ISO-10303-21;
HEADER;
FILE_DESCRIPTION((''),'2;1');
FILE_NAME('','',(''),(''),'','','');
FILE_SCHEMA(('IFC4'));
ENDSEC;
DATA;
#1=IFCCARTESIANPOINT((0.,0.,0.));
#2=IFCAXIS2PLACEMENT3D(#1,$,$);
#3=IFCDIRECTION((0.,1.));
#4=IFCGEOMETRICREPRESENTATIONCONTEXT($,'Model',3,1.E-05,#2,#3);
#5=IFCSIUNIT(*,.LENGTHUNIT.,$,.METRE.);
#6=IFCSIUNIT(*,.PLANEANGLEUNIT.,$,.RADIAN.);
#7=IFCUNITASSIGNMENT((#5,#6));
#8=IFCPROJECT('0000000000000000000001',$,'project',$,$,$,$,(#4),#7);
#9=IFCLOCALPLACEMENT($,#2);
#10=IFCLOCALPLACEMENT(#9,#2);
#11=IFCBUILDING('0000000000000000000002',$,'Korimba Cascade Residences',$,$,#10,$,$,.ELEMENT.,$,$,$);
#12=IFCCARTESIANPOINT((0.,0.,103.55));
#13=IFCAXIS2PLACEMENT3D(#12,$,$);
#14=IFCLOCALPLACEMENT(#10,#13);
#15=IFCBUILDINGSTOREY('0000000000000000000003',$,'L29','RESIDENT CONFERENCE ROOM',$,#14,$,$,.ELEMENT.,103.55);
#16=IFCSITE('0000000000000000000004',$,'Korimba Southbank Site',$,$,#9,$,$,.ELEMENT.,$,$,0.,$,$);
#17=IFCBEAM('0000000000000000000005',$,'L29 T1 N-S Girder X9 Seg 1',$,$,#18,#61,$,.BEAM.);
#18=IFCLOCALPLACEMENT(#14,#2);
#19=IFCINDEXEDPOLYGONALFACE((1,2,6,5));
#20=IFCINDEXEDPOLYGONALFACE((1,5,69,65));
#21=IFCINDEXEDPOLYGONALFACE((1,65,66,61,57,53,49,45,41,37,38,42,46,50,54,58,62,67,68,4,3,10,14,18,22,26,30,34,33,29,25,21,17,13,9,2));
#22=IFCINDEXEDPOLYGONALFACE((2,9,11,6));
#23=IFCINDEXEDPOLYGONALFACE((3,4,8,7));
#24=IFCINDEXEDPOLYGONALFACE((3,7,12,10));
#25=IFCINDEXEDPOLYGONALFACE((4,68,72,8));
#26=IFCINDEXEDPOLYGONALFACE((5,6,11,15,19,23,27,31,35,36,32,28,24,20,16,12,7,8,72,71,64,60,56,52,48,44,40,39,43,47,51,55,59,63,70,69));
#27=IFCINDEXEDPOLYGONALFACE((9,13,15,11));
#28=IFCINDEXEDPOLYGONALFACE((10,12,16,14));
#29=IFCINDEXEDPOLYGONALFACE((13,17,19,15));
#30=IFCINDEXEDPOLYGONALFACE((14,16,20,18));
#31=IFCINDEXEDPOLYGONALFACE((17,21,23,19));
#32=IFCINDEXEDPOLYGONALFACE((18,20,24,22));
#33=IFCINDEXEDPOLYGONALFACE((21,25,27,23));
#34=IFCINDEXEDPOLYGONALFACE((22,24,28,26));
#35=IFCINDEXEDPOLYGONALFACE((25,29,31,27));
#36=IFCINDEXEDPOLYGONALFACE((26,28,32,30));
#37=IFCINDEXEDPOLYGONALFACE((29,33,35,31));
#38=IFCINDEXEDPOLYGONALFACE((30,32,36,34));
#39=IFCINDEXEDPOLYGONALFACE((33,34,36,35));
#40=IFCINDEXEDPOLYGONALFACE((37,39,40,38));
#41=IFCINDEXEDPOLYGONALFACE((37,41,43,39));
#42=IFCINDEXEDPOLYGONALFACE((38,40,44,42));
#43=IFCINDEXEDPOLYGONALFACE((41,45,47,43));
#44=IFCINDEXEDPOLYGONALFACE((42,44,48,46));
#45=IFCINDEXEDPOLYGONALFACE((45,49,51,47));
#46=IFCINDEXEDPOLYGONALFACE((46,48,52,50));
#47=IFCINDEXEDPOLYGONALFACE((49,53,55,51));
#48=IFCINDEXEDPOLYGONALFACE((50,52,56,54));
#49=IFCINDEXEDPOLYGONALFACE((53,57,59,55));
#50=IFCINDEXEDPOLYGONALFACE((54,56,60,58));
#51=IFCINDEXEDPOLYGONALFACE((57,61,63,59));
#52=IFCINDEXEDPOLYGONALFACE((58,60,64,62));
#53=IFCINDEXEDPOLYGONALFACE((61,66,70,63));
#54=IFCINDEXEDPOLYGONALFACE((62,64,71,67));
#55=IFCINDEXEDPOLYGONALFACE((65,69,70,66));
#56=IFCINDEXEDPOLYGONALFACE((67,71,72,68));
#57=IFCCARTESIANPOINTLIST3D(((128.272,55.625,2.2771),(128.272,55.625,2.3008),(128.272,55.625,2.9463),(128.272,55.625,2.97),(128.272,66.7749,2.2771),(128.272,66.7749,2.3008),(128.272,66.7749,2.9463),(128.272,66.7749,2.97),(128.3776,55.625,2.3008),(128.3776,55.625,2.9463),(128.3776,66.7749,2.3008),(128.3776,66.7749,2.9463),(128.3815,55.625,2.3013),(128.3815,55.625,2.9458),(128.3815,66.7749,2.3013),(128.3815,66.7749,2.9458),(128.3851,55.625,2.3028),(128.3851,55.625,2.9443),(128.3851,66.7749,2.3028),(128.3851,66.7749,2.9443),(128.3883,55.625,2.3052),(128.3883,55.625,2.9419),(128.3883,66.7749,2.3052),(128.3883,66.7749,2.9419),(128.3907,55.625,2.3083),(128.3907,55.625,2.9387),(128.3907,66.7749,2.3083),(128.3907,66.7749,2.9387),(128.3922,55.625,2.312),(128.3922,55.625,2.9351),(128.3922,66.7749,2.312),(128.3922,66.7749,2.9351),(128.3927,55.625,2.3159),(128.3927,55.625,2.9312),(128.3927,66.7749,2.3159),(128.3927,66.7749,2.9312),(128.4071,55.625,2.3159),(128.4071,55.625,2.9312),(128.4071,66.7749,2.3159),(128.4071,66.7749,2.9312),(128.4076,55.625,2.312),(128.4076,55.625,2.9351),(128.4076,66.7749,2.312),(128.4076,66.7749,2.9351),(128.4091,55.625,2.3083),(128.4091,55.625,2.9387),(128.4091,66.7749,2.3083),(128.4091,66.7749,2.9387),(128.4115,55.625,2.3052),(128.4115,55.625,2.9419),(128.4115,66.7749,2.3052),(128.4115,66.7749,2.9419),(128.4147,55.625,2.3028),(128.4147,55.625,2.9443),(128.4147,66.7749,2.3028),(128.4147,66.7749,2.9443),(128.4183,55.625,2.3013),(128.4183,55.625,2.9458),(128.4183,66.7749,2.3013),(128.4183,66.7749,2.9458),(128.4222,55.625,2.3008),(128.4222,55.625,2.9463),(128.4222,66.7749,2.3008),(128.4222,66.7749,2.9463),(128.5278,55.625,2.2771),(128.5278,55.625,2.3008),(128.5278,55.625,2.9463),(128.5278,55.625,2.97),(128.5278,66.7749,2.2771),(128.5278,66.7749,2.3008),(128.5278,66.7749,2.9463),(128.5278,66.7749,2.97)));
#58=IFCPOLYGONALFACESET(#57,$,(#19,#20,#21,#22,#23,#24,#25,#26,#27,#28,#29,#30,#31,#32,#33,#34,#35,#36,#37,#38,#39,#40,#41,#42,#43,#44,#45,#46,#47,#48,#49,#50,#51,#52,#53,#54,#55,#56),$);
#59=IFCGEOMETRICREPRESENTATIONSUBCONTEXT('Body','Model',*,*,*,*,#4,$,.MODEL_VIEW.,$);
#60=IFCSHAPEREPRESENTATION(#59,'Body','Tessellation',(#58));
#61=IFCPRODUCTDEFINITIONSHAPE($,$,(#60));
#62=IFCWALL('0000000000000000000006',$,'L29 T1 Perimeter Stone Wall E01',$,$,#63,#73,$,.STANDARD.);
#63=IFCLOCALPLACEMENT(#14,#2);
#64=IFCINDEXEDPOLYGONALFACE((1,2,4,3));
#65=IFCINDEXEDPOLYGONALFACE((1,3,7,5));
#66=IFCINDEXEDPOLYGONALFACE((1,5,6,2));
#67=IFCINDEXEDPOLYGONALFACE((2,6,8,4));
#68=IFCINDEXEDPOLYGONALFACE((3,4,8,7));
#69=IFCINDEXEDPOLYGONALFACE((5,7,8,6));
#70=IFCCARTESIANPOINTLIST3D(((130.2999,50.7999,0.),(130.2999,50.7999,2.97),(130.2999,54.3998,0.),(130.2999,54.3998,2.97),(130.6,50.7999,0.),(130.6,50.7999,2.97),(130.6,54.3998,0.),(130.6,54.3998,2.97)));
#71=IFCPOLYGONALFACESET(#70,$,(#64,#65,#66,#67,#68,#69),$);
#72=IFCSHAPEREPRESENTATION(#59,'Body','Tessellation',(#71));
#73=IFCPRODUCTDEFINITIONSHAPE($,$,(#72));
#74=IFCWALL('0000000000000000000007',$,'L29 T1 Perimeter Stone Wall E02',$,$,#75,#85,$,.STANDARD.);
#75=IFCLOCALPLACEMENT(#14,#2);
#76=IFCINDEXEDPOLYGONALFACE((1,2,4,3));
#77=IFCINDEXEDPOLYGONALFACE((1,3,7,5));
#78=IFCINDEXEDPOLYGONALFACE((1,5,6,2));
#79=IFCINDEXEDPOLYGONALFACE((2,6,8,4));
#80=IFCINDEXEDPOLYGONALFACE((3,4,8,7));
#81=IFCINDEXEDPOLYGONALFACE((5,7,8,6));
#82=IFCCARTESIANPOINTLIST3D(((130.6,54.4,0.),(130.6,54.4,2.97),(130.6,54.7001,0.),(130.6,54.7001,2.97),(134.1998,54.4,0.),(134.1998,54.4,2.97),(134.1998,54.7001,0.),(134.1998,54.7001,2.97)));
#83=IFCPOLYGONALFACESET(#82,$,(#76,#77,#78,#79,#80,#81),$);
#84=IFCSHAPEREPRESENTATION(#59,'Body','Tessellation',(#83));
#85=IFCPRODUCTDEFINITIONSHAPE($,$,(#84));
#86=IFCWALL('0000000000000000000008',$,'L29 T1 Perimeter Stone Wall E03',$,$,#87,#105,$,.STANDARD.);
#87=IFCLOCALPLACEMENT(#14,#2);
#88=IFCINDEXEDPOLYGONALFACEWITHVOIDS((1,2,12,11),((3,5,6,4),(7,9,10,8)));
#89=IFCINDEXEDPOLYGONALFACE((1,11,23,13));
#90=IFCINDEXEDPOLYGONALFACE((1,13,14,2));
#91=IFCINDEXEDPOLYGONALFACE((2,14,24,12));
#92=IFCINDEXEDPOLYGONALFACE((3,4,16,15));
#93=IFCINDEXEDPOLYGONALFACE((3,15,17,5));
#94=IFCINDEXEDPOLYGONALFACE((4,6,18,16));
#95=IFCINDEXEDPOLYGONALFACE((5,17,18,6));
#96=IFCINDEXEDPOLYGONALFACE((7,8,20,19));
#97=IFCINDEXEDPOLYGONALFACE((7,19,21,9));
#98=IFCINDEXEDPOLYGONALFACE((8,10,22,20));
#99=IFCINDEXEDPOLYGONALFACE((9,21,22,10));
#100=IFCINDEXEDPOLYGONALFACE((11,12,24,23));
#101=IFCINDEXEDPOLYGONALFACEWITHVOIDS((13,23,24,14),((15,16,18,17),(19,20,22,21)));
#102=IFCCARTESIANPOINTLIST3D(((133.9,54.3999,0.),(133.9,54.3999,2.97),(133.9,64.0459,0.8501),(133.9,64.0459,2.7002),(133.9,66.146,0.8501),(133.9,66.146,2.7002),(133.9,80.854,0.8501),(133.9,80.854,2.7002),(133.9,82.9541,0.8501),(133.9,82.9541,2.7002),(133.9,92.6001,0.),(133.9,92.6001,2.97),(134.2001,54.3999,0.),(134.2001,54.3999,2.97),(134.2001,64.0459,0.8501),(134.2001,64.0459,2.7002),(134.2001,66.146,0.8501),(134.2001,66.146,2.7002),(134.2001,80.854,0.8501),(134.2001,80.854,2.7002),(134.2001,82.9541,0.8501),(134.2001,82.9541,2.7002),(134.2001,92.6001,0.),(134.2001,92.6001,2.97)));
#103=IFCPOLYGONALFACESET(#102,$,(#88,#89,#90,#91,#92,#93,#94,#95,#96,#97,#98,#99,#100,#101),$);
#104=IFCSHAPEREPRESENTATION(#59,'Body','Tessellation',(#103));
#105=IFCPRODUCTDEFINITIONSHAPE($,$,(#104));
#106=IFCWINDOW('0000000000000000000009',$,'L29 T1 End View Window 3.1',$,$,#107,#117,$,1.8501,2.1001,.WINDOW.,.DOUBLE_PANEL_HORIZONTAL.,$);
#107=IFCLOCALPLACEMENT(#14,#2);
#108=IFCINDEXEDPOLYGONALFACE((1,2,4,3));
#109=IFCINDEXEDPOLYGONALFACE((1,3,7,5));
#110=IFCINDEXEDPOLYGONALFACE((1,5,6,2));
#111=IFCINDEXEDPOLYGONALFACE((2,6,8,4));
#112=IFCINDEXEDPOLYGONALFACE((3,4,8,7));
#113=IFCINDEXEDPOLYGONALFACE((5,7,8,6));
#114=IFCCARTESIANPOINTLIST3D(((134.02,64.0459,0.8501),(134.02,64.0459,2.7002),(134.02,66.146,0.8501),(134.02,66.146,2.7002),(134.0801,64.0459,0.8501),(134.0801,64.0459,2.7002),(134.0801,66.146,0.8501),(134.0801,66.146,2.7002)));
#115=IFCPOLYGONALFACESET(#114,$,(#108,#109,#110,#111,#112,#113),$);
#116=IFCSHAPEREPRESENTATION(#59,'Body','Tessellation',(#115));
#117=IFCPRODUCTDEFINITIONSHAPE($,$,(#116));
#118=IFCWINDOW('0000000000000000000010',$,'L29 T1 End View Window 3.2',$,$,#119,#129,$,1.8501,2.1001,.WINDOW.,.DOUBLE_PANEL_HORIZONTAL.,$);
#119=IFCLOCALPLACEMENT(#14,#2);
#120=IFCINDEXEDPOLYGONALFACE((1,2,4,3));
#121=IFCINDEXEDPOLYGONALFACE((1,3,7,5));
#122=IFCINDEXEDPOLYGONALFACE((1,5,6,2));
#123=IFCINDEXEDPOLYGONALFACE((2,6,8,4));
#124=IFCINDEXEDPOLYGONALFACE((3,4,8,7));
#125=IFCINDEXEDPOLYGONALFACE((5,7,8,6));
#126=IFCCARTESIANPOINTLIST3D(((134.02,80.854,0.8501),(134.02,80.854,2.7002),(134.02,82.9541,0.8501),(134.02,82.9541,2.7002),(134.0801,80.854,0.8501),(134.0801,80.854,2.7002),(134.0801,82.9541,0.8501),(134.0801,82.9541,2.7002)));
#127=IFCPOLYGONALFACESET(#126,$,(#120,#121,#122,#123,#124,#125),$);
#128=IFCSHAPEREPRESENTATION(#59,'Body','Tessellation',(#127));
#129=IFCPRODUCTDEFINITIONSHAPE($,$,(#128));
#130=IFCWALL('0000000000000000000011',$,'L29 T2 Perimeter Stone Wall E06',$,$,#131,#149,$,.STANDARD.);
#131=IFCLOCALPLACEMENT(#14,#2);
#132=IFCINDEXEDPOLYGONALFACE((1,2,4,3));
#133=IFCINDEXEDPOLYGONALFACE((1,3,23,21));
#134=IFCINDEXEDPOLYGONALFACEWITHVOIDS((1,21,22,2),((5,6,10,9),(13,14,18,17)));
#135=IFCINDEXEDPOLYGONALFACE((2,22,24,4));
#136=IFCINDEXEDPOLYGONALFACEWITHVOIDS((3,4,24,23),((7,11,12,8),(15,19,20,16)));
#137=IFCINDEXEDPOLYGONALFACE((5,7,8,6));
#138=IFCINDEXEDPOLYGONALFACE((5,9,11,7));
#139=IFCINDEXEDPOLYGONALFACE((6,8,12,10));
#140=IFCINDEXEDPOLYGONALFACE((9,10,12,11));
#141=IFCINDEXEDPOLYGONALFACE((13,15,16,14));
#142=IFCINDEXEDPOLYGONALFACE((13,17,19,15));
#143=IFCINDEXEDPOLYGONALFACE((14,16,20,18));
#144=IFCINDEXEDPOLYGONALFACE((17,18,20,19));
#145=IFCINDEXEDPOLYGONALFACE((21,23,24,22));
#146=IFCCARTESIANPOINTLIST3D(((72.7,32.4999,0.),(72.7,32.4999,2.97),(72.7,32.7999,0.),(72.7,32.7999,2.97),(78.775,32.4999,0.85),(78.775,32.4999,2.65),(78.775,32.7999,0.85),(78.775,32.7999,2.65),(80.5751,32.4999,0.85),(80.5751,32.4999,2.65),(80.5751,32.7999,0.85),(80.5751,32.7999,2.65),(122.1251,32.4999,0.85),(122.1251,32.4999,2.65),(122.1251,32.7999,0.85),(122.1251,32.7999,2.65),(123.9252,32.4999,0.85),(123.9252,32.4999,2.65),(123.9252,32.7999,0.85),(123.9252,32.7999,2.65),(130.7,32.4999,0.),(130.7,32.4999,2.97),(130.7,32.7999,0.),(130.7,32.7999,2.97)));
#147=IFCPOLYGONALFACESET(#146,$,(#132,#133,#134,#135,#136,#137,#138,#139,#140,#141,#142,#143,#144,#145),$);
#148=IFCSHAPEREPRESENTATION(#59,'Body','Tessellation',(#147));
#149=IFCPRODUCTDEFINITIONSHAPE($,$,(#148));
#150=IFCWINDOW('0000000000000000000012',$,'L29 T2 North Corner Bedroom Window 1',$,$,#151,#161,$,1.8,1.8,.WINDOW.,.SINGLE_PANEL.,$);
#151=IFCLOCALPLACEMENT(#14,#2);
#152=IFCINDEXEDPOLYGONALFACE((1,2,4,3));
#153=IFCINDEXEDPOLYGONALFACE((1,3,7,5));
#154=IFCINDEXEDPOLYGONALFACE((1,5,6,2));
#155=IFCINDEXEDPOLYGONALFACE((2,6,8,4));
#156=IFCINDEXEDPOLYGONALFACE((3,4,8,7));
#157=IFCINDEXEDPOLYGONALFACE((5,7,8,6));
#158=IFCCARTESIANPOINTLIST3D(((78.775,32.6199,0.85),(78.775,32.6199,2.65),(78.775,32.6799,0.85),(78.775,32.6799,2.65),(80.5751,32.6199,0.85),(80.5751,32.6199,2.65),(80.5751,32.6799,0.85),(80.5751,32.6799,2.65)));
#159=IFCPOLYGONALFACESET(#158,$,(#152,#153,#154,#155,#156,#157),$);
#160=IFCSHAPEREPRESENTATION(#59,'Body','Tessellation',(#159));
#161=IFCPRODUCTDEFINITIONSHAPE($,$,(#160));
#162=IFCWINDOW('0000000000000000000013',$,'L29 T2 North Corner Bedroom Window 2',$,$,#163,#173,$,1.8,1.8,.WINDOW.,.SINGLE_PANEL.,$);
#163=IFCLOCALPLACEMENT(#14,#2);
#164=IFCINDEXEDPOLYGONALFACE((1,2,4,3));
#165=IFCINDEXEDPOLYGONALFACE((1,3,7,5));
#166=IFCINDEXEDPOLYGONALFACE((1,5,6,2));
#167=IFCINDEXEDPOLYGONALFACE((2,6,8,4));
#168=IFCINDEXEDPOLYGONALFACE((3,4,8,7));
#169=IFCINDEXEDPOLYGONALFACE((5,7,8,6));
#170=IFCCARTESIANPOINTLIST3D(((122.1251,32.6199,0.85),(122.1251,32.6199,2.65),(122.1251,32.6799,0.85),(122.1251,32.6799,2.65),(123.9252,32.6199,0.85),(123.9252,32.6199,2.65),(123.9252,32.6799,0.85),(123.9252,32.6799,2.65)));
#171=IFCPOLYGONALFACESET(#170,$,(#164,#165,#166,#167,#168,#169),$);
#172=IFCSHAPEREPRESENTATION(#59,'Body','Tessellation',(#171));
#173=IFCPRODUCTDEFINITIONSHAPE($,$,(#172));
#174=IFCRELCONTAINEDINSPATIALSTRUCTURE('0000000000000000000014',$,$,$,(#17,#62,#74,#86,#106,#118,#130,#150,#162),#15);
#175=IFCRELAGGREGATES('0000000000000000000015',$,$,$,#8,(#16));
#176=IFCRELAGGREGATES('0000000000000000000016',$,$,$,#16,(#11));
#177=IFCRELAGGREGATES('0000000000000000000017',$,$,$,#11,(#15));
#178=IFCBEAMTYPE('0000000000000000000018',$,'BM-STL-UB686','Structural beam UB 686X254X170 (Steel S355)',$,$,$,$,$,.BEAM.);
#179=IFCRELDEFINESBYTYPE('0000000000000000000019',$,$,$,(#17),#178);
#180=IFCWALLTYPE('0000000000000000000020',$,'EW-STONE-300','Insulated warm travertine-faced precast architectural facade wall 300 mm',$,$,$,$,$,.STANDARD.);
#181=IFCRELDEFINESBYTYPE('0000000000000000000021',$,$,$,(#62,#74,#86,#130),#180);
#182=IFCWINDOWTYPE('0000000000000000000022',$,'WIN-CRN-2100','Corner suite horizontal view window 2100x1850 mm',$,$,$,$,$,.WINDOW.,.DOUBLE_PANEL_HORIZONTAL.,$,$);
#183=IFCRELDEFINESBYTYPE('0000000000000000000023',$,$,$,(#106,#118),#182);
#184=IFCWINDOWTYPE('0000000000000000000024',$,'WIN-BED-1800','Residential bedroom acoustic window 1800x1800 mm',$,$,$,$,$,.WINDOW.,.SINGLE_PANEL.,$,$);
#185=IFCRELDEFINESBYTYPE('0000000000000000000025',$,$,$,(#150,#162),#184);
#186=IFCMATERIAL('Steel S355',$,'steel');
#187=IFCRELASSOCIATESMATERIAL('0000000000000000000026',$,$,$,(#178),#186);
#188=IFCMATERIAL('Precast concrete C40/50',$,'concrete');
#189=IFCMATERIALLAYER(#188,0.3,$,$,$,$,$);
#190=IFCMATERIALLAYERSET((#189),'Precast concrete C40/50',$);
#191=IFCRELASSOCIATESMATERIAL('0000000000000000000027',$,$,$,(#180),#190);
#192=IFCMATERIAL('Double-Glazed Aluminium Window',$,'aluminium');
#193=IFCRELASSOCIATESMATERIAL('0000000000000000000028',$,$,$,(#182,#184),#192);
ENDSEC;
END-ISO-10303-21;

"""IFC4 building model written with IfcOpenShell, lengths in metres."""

from ifc_helpers import new_model, si_unit, direction, frame, frame_2d, origin, origin_2d, place, context, subcontext, project, spatial, rectangle, i_section, extrude, material, layer, layer_set, material_profile, profile_set, type_object, element, fill, save


model = new_model("IFC4")

# Units and contexts
model_context = context("Model", 3, precision=1e-05, world=origin(), true_north=direction((0.0, 1.0)))
body_context = subcontext(model_context, "Body", "Model", "MODEL_VIEW")
ifc_project = project(units=[si_unit("LENGTHUNIT", "METRE"), si_unit("PLANEANGLEUNIT", "RADIAN")], contexts=[model_context])

# Site, building, storey
site_placement = place(None, origin())
site = spatial("IfcSite", under=ifc_project, at=site_placement, Name="Korimba Southbank Site", CompositionType="ELEMENT", RefElevation=0.0)
building_placement = place(site_placement, origin())
building = spatial("IfcBuilding", under=site, at=building_placement, Name="Korimba Cascade Residences", CompositionType="ELEMENT")
storey_placement = place(building_placement, frame((0.0, 0.0, 103.55)))
storey = spatial("IfcBuildingStorey", under=building, at=storey_placement, Name="L29", Description="RESIDENT CONFERENCE ROOM", CompositionType="ELEMENT", Elevation=103.55)

# Beam
ifc_material_1 = material(Name="Steel S355", Category="steel")
ifc_material_profile_1 = material_profile(ifc_material_1, i_section(OverallWidth=0.2559, OverallDepth=0.6929, WebThickness=0.0144, FlangeThickness=0.0237, FilletRadius=0.0151, at=origin_2d()), Name="Steel S355")
ifc_profile_set_1 = profile_set([ifc_material_profile_1], Name="Steel S355")
beam_type_1 = type_object("IfcBeamType", Name="BM-STL-UB686", Description="Structural beam UB 686X254X170 (Steel S355)", PredefinedType="BEAM", material=ifc_profile_set_1)
for number, where, z_axis, x_axis, name in (
    (1, (128.3999, 55.625, 2.6235), (0.0, 1.0, 0.0), (-1.0, 0.0, 0.0), "L29 T1 N-S Girder X9 Seg 1"),
):
    element("IfcBeam", number, at=place(storey_placement, frame(where, z_axis=z_axis, x_axis=x_axis)), inside=storey, type_object=beam_type_1, Name=name, PredefinedType="BEAM", context=body_context, shape_type="SweptSolid", body=[
        extrude(i_section(OverallWidth=0.2559, OverallDepth=0.6929, WebThickness=0.0144, FlangeThickness=0.0237, FilletRadius=0.0151, at=origin_2d()), origin(), (0.0, 0.0, 1.0), 11.1499),
    ])

# Walls
ifc_material_2 = material(Name="Precast concrete C40/50", Category="concrete")
ifc_layer_1 = layer(ifc_material_2, 0.3)
ifc_layer_set_1 = layer_set([ifc_layer_1], Name="Precast concrete C40/50")
wall_type_1 = type_object("IfcWallType", Name="EW-STONE-300", Description="Insulated warm travertine-faced precast architectural facade wall 300 mm", PredefinedType="STANDARD", material=ifc_layer_set_1)
for number, where, z_axis, x_axis, name in (
    (2, (130.45, 50.8, 0.0), (0.0, 0.0, 1.0), (0.0, 1.0, 0.0), "L29 T1 Perimeter Stone Wall E01"),
    (3, (130.6001, 54.55, 0.0), (0.0, 0.0, 1.0), (1.0, 0.0, 0.0), "L29 T1 Perimeter Stone Wall E02"),
):
    element("IfcWall", number, at=place(storey_placement, frame(where, z_axis=z_axis, x_axis=x_axis)), inside=storey, type_object=wall_type_1, Name=name, PredefinedType="STANDARD", context=body_context, shape_type="SweptSolid", body=[
        extrude(rectangle(XDim=3.5999, YDim=0.3, at=frame_2d((1.7998, 0.0))), origin(), (0.0, 0.0, 1.0), 2.97),
    ])

# Walls, openings, windows
wall_1_placement = place(storey_placement, frame((134.05, 54.3999, 0.0), z_axis=(0.0, 0.0, 1.0), x_axis=(0.0, 1.0, 0.0)))
wall_1 = element("IfcWall", 4, at=wall_1_placement, inside=storey, type_object=wall_type_1, Name="L29 T1 Perimeter Stone Wall E03", PredefinedType="STANDARD", context=body_context, shape_type="SweptSolid", body=[
    extrude(rectangle(XDim=38.2002, YDim=0.3, at=frame_2d((19.1001, 0.0))), origin(), (0.0, 0.0, 1.0), 2.97),
])
opening_1_placement = place(wall_1_placement, frame((9.646, 0.0, 0.8501)))
opening_1 = element("IfcOpeningElement", 5, at=opening_1_placement, cuts=wall_1, PredefinedType="OPENING", context=body_context, shape_type="SweptSolid", body=[
    extrude(rectangle(XDim=2.1001, YDim=1.8501, at=frame_2d((1.05, 0.925))), frame((0.0, 0.1602, 0.0), z_axis=(0.0, -1.0, 0.0), x_axis=(1.0, 0.0, 0.0)), (0.0, 0.0, 1.0), 0.3201),
])
opening_2_placement = place(wall_1_placement, frame((26.4541, 0.0, 0.8501)))
opening_2 = element("IfcOpeningElement", 6, at=opening_2_placement, cuts=wall_1, PredefinedType="OPENING", context=body_context, shape_type="SweptSolid", body=[
    extrude(rectangle(XDim=2.1001, YDim=1.8501, at=frame_2d((1.05, 0.925))), frame((0.0, 0.1602, 0.0), z_axis=(0.0, -1.0, 0.0), x_axis=(1.0, 0.0, 0.0)), (0.0, 0.0, 1.0), 0.3201),
])
ifc_material_3 = material(Name="Double-Glazed Aluminium Window", Category="aluminium")
window_type_1 = type_object("IfcWindowType", Name="WIN-CRN-2100", Description="Corner suite horizontal view window 2100x1850 mm", PartitioningType="DOUBLE_PANEL_HORIZONTAL", PredefinedType="WINDOW", material=ifc_material_3)
window_1_placement = place(opening_1_placement, origin())
window_1 = element("IfcWindow", 7, at=window_1_placement, inside=storey, type_object=window_type_1, Name="L29 T1 End View Window 3.1", OverallHeight=1.8501, OverallWidth=2.1001, PartitioningType="DOUBLE_PANEL_HORIZONTAL", PredefinedType="WINDOW", context=body_context, shape_type="SweptSolid", body=[
    extrude(rectangle(XDim=2.1001, YDim=1.8501, at=frame_2d((1.05, 0.925))), frame((0.0, 0.03, 0.0), z_axis=(0.0, -1.0, 0.0), x_axis=(1.0, 0.0, 0.0)), (0.0, 0.0, 1.0), 0.0601),
])
fill(opening_1, window_1)
window_2_placement = place(opening_2_placement, origin())
window_2 = element("IfcWindow", 8, at=window_2_placement, inside=storey, type_object=window_type_1, Name="L29 T1 End View Window 3.2", OverallHeight=1.8501, OverallWidth=2.1001, PartitioningType="DOUBLE_PANEL_HORIZONTAL", PredefinedType="WINDOW", context=body_context, shape_type="SweptSolid", body=[
    extrude(rectangle(XDim=2.1001, YDim=1.8501, at=frame_2d((1.05, 0.925))), frame((0.0, 0.03, 0.0), z_axis=(0.0, -1.0, 0.0), x_axis=(1.0, 0.0, 0.0)), (0.0, 0.0, 1.0), 0.0601),
])
fill(opening_2, window_2)
wall_2_placement = place(storey_placement, frame((130.7, 32.6499, 0.0), z_axis=(0.0, 0.0, 1.0), x_axis=(-1.0, 0.0, 0.0)))
wall_2 = element("IfcWall", 9, at=wall_2_placement, inside=storey, type_object=wall_type_1, Name="L29 T2 Perimeter Stone Wall E06", PredefinedType="STANDARD", context=body_context, shape_type="SweptSolid", body=[
    extrude(rectangle(XDim=58.0, YDim=0.3, at=frame_2d((29.0, 0.0))), origin(), (0.0, 0.0, 1.0), 2.97),
])
opening_3_placement = place(wall_2_placement, frame((50.125, 0.0, 0.8501)))
opening_3 = element("IfcOpeningElement", 10, at=opening_3_placement, cuts=wall_2, PredefinedType="OPENING", context=body_context, shape_type="SweptSolid", body=[
    extrude(rectangle(XDim=1.8, YDim=1.8, at=frame_2d((0.8999, 0.8999))), frame((0.0, 0.1602, 0.0), z_axis=(0.0, -1.0, 0.0), x_axis=(1.0, 0.0, 0.0)), (0.0, 0.0, 1.0), 0.3201),
])
opening_4_placement = place(wall_2_placement, frame((6.7749, 0.0, 0.8501)))
opening_4 = element("IfcOpeningElement", 11, at=opening_4_placement, cuts=wall_2, PredefinedType="OPENING", context=body_context, shape_type="SweptSolid", body=[
    extrude(rectangle(XDim=1.8, YDim=1.8, at=frame_2d((0.8999, 0.8999))), frame((0.0, 0.1602, 0.0), z_axis=(0.0, -1.0, 0.0), x_axis=(1.0, 0.0, 0.0)), (0.0, 0.0, 1.0), 0.3201),
])
window_type_2 = type_object("IfcWindowType", Name="WIN-BED-1800", Description="Residential bedroom acoustic window 1800x1800 mm", PartitioningType="SINGLE_PANEL", PredefinedType="WINDOW", material=ifc_material_3)
window_3_placement = place(opening_3_placement, origin())
window_3 = element("IfcWindow", 12, at=window_3_placement, inside=storey, type_object=window_type_2, Name="L29 T2 North Corner Bedroom Window 1", OverallHeight=1.8, OverallWidth=1.8, PartitioningType="SINGLE_PANEL", PredefinedType="WINDOW", context=body_context, shape_type="SweptSolid", body=[
    extrude(rectangle(XDim=1.8, YDim=1.8, at=frame_2d((0.8999, 0.8999))), frame((0.0, 0.03, 0.0), z_axis=(0.0, -1.0, 0.0), x_axis=(1.0, 0.0, 0.0)), (0.0, 0.0, 1.0), 0.0601),
])
fill(opening_3, window_3)
window_4_placement = place(opening_4_placement, origin())
window_4 = element("IfcWindow", 13, at=window_4_placement, inside=storey, type_object=window_type_2, Name="L29 T2 North Corner Bedroom Window 2", OverallHeight=1.8, OverallWidth=1.8, PartitioningType="SINGLE_PANEL", PredefinedType="WINDOW", context=body_context, shape_type="SweptSolid", body=[
    extrude(rectangle(XDim=1.8, YDim=1.8, at=frame_2d((0.8999, 0.8999))), frame((0.0, 0.03, 0.0), z_axis=(0.0, -1.0, 0.0), x_axis=(1.0, 0.0, 0.0)), (0.0, 0.0, 1.0), 0.0601),
])
fill(opening_4, window_4)

save(model, "model.ifc")
